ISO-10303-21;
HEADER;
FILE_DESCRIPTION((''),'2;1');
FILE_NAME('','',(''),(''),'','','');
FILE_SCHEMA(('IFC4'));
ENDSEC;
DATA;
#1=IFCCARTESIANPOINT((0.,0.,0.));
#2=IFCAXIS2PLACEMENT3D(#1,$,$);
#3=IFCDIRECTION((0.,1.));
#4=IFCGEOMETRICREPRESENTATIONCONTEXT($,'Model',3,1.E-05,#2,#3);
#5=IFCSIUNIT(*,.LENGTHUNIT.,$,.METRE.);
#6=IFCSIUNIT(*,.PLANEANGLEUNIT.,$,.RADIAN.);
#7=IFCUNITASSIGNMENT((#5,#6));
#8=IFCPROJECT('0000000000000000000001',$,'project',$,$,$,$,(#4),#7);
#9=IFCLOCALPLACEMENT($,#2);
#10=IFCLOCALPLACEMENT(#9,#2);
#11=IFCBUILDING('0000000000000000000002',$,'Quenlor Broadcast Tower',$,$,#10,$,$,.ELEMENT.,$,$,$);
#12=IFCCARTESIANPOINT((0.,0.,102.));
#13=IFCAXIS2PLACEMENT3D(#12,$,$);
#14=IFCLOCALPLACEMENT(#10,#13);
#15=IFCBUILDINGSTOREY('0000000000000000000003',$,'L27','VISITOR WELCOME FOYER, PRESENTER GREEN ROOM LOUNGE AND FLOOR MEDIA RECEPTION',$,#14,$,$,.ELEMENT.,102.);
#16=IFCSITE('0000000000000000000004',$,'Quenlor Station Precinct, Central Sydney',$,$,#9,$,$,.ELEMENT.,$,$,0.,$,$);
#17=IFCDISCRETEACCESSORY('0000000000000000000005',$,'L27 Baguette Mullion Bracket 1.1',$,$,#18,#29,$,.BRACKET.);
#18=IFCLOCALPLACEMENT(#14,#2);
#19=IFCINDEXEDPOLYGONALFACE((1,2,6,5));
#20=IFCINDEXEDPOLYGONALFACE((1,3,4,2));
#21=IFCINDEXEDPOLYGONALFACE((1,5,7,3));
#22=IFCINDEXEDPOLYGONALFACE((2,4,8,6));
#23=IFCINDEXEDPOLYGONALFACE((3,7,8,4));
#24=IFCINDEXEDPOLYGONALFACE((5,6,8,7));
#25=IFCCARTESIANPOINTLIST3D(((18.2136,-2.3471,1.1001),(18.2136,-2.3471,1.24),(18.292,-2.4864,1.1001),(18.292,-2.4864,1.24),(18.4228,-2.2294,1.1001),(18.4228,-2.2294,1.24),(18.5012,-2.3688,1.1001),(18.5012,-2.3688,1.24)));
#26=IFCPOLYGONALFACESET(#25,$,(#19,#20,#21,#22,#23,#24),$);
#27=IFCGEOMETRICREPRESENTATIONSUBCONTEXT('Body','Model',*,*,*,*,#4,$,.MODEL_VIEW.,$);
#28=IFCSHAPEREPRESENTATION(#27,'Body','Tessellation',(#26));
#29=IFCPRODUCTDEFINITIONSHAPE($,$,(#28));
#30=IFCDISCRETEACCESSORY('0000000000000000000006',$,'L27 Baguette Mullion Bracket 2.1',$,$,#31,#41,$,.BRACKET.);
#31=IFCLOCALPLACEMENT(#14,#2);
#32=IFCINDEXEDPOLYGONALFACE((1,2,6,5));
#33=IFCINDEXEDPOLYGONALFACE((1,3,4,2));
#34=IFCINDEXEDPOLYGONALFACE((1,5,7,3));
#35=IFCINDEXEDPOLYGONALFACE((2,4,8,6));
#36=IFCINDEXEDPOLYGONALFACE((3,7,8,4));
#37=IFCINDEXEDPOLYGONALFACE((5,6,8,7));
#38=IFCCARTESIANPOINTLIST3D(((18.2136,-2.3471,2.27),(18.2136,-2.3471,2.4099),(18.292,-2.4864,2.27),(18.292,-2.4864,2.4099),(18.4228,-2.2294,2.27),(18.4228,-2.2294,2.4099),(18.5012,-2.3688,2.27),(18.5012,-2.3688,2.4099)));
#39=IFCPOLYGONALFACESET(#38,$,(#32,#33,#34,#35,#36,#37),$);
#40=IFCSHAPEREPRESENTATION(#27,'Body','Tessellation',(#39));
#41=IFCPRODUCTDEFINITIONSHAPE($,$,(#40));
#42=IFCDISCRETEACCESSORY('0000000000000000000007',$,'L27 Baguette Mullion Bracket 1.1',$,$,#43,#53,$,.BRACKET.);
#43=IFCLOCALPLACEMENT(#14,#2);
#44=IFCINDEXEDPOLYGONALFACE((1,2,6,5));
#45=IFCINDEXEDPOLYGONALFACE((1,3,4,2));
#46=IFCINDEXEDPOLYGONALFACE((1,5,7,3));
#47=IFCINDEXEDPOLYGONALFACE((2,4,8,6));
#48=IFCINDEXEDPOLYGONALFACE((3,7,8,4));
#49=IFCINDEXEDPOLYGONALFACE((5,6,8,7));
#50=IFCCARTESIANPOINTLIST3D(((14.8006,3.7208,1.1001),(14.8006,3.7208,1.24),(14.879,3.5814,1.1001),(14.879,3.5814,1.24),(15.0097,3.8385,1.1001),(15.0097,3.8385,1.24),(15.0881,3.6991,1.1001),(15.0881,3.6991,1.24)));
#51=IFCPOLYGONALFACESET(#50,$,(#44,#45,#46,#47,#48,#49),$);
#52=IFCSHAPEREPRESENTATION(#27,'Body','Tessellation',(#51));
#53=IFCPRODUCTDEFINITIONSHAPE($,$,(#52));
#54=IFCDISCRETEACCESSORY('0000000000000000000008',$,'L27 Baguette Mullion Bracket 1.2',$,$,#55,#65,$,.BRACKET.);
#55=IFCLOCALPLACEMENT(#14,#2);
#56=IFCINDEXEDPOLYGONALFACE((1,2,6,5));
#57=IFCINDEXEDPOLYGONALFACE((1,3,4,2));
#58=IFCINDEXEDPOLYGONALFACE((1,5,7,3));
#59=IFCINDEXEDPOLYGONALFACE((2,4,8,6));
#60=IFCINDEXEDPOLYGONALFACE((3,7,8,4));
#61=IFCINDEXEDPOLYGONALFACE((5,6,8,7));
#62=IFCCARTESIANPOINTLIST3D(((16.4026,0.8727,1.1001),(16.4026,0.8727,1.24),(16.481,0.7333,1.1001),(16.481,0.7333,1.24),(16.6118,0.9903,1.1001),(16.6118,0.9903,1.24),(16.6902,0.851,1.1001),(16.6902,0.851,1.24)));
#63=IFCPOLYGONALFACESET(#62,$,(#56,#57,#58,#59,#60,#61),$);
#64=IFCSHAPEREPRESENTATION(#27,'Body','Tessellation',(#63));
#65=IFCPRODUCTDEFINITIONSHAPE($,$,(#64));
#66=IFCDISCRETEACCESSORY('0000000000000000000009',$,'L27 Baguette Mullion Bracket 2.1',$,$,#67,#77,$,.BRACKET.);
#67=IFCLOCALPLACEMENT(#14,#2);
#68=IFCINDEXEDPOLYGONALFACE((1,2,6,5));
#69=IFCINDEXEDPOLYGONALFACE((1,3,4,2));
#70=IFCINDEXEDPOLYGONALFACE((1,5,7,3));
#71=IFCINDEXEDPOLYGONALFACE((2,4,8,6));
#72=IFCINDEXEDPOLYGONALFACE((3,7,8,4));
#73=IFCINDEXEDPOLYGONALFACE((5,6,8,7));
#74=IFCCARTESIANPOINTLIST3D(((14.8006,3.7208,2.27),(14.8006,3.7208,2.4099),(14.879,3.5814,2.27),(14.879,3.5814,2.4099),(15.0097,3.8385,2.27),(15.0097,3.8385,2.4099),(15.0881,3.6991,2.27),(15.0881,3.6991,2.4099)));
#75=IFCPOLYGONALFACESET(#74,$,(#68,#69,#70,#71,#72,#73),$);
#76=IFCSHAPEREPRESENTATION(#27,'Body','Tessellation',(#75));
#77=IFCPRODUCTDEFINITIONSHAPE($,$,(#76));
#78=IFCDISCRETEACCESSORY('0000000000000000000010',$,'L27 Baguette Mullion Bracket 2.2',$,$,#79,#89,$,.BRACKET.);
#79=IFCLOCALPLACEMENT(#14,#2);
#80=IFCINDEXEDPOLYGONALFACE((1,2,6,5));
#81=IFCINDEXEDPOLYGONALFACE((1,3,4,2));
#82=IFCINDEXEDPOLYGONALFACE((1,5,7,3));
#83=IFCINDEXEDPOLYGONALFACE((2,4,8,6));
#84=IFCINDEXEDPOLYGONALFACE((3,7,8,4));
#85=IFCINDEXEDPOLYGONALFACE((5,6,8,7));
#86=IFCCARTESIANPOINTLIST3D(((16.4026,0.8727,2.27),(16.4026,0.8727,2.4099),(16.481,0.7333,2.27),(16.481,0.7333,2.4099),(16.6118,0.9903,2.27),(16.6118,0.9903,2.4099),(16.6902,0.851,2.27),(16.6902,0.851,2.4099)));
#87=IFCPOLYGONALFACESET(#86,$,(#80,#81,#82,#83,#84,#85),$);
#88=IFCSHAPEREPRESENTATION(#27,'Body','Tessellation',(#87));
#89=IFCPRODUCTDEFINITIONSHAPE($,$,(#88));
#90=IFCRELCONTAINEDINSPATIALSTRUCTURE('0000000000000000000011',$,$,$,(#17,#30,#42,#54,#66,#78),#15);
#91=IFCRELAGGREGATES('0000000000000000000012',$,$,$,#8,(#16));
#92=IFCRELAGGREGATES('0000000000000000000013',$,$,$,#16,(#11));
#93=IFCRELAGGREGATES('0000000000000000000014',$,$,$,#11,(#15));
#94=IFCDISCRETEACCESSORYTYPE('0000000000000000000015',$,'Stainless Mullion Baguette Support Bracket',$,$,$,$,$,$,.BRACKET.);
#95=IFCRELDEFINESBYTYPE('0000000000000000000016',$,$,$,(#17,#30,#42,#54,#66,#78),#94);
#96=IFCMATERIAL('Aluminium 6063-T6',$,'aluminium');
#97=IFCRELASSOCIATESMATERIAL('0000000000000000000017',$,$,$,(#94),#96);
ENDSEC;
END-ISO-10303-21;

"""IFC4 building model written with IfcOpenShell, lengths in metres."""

from ifc_helpers import new_model, si_unit, direction, frame, origin, origin_2d, place, context, subcontext, project, spatial, rectangle, extrude, material, type_object, element, save


model = new_model("IFC4")

# Units and contexts
model_context = context("Model", 3, precision=1e-05, world=origin(), true_north=direction((0.0, 1.0)))
body_context = subcontext(model_context, "Body", "Model", "MODEL_VIEW")
ifc_project = project(units=[si_unit("LENGTHUNIT", "METRE"), si_unit("PLANEANGLEUNIT", "RADIAN")], contexts=[model_context])

# Site, building, storey
site_placement = place(None, origin())
site = spatial("IfcSite", under=ifc_project, at=site_placement, Name="Quenlor Station Precinct, Central Sydney", CompositionType="ELEMENT", RefElevation=0.0)
building_placement = place(site_placement, origin())
building = spatial("IfcBuilding", under=site, at=building_placement, Name="Quenlor Broadcast Tower", CompositionType="ELEMENT")
storey_placement = place(building_placement, frame((0.0, 0.0, 102.0)))
storey = spatial("IfcBuildingStorey", under=building, at=storey_placement, Name="L27", Description="VISITOR WELCOME FOYER, PRESENTER GREEN ROOM LOUNGE AND FLOOR MEDIA RECEPTION", CompositionType="ELEMENT", Elevation=102.0)

# Discrete accessories
ifc_material_1 = material(Name="Aluminium 6063-T6", Category="aluminium")
discrete_accessory_type = type_object("IfcDiscreteAccessoryType", Name="Stainless Mullion Baguette Support Bracket", PredefinedType="BRACKET", material=ifc_material_1)
for number, where, z_axis, x_axis, name in (
    (1, (18.3574, -2.3579, 1.1001), (0.0, 0.0, 1.0), (0.490277, -0.871567, 0.0), "L27 Baguette Mullion Bracket 1.1"),
    (2, (18.3574, -2.3579, 2.27), (0.0, 0.0, 1.0), (0.490277, -0.871567, 0.0), "L27 Baguette Mullion Bracket 2.1"),
    (3, (14.9443, 3.71, 1.1001), (0.0, 0.0, 1.0), (0.490262, -0.871575, 0.0), "L27 Baguette Mullion Bracket 1.1"),
    (4, (16.5464, 0.8618, 1.1001), (0.0, 0.0, 1.0), (0.490262, -0.871575, 0.0), "L27 Baguette Mullion Bracket 1.2"),
    (5, (14.9443, 3.71, 2.27), (0.0, 0.0, 1.0), (0.490262, -0.871575, 0.0), "L27 Baguette Mullion Bracket 2.1"),
    (6, (16.5464, 0.8618, 2.27), (0.0, 0.0, 1.0), (0.490262, -0.871575, 0.0), "L27 Baguette Mullion Bracket 2.2"),
):
    element("IfcDiscreteAccessory", number, at=place(storey_placement, frame(where, z_axis=z_axis, x_axis=x_axis)), inside=storey, type_object=discrete_accessory_type, Name=name, PredefinedType="BRACKET", context=body_context, shape_type="SweptSolid", body=[
        extrude(rectangle(XDim=0.1599, YDim=0.24, at=origin_2d()), origin(), (0.0, 0.0, 1.0), 0.1399),
    ])

save(model, "model.ifc")
